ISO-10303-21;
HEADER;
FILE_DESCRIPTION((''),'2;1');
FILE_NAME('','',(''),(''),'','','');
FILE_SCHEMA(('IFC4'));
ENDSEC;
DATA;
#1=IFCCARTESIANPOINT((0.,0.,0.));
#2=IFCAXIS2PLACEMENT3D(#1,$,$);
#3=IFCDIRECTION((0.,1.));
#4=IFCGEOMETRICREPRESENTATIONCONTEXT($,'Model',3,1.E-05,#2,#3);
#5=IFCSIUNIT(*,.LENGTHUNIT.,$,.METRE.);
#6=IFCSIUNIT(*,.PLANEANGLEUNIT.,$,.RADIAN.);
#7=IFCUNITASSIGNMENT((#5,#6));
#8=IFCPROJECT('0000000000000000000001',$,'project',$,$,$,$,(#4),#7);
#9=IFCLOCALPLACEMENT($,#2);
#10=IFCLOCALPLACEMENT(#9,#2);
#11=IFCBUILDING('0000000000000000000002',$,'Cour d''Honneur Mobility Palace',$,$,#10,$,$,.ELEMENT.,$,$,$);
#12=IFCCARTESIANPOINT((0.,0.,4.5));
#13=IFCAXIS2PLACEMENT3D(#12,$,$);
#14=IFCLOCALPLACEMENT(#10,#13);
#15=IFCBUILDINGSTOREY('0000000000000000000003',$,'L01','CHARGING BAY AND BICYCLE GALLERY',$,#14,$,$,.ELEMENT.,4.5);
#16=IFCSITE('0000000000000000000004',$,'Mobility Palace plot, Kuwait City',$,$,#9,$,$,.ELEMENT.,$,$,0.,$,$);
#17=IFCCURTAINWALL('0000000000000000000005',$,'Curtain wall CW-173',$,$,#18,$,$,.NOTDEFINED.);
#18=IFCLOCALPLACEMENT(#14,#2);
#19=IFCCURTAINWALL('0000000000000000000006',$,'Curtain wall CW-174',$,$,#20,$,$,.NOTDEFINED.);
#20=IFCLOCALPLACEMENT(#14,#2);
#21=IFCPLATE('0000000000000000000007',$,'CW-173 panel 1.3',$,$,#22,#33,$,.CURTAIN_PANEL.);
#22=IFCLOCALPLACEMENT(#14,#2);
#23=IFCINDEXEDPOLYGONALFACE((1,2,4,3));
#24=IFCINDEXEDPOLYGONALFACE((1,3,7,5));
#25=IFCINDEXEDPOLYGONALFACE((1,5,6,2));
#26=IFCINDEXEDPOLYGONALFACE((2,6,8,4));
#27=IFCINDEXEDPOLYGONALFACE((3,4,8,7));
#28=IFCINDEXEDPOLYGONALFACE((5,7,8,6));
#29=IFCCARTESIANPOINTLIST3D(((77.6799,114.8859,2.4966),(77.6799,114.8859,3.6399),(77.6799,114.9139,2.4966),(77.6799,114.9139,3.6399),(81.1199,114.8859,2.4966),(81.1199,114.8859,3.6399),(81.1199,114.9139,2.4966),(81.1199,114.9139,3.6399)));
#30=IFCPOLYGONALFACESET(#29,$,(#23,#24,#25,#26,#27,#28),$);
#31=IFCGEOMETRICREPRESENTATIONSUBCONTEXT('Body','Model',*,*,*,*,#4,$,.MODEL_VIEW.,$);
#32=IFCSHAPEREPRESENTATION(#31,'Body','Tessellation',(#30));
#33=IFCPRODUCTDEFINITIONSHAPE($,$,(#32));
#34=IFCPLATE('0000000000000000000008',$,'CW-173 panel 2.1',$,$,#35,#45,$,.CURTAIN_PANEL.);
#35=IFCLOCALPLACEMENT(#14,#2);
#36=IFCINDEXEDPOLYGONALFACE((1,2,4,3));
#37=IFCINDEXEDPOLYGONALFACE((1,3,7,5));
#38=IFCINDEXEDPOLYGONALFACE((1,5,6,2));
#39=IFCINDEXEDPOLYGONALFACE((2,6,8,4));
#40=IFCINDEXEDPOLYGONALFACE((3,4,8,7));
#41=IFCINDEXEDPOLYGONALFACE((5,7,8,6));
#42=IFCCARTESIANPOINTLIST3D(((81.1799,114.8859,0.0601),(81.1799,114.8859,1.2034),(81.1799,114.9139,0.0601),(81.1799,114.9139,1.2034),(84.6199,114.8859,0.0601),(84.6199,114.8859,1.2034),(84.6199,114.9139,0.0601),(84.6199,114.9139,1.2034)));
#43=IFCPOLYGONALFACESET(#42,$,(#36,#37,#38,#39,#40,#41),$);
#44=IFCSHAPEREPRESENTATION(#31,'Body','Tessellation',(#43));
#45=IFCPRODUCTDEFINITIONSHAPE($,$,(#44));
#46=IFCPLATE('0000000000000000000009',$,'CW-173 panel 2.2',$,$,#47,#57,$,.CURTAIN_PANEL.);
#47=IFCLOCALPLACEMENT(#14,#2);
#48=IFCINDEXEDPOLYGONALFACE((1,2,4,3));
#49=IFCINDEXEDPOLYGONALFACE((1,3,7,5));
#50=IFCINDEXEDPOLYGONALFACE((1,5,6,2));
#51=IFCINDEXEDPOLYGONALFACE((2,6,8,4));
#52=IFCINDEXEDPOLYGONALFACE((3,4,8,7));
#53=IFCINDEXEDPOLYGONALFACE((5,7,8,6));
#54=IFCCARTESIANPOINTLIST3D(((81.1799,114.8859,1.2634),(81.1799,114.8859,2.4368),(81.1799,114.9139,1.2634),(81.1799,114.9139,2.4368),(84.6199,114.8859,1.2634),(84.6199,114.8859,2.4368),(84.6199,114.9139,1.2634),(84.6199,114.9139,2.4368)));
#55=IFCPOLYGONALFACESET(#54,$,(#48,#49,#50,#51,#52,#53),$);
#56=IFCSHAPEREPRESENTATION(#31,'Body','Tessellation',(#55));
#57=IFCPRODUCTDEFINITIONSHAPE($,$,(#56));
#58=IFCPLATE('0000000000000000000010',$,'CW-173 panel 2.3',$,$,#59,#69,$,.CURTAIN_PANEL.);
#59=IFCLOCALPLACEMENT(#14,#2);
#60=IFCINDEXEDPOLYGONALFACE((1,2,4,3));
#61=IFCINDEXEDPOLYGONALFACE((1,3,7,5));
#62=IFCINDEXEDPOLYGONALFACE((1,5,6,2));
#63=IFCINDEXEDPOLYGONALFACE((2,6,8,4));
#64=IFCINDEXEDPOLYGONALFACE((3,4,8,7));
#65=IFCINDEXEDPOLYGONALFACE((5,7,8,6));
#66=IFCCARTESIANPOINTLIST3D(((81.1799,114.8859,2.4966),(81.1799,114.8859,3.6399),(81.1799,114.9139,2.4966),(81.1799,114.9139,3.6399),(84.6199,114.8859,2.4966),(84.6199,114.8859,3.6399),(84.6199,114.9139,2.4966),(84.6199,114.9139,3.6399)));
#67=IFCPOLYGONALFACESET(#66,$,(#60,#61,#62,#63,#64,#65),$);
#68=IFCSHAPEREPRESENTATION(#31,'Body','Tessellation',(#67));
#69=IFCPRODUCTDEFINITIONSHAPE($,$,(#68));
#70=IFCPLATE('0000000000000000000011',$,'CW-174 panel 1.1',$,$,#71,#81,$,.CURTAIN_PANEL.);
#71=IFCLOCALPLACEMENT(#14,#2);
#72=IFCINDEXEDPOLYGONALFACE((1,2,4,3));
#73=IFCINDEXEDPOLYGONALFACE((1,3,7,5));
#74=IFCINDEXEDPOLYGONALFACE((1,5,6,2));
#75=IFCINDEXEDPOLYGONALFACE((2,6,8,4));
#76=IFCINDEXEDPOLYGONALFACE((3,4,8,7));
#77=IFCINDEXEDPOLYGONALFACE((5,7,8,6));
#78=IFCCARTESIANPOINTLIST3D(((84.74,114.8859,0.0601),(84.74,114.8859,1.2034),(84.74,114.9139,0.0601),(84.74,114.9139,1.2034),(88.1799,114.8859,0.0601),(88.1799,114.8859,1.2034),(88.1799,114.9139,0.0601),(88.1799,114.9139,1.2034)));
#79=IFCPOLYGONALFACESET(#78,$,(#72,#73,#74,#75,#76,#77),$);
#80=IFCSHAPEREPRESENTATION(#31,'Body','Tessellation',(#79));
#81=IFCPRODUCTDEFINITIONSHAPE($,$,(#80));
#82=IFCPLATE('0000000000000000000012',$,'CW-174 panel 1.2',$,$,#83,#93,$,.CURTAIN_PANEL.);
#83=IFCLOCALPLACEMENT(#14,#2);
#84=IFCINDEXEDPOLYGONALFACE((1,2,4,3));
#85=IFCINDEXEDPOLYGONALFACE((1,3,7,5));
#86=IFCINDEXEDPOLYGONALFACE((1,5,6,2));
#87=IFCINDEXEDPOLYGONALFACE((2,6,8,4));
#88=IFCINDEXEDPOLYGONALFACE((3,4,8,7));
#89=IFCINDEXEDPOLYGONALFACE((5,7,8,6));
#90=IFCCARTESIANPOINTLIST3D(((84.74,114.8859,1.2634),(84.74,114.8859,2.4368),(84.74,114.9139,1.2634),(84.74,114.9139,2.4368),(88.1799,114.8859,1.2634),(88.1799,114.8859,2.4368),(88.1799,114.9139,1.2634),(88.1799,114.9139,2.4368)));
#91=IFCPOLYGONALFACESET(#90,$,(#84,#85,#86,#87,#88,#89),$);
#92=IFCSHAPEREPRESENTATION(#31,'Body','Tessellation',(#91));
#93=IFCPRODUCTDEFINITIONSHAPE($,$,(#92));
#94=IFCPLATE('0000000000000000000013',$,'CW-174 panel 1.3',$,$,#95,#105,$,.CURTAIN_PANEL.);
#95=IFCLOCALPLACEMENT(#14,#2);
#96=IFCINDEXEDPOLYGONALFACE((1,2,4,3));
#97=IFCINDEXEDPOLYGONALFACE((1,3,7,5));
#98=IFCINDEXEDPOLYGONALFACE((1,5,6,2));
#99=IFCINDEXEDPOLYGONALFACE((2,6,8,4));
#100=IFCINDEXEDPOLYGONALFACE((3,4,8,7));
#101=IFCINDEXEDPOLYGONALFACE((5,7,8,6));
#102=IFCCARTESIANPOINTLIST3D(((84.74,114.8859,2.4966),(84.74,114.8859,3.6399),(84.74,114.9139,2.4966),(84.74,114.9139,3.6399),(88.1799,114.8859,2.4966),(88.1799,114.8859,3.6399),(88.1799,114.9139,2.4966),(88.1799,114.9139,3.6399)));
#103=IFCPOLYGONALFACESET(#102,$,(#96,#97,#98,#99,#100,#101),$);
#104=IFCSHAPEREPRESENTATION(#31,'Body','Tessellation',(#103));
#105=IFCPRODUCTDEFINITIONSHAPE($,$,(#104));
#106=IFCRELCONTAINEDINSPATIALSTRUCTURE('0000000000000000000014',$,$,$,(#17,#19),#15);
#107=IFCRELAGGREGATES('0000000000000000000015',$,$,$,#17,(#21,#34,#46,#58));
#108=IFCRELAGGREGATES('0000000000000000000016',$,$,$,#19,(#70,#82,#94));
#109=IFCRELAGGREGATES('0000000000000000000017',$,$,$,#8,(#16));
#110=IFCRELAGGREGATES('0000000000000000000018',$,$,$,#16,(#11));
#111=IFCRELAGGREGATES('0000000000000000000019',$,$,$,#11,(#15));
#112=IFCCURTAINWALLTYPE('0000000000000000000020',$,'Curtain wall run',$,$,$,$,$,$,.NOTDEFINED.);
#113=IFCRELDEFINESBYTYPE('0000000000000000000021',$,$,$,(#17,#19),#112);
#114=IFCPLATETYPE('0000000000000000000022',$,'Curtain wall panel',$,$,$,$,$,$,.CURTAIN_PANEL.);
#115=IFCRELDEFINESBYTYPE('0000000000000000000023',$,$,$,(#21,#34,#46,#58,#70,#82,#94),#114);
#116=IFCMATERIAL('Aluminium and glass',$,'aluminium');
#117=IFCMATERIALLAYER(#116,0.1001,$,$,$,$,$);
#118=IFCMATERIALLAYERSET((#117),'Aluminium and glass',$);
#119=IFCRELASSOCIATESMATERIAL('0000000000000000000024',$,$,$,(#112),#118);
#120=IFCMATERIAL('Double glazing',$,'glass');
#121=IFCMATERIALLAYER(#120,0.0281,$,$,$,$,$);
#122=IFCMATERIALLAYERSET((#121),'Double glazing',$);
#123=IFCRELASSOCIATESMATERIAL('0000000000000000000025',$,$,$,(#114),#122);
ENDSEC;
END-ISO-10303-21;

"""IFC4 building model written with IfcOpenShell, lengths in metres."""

from ifc_helpers import new_model, si_unit, direction, frame, origin, origin_2d, place, context, subcontext, project, spatial, rectangle, extrude, material, layer, layer_set, type_object, element, aggregate, save


model = new_model("IFC4")

# Units and contexts
model_context = context("Model", 3, precision=1e-05, world=origin(), true_north=direction((0.0, 1.0)))
body_context = subcontext(model_context, "Body", "Model", "MODEL_VIEW")
ifc_project = project(units=[si_unit("LENGTHUNIT", "METRE"), si_unit("PLANEANGLEUNIT", "RADIAN")], contexts=[model_context])

# Site, building, storey
site_placement = place(None, origin())
site = spatial("IfcSite", under=ifc_project, at=site_placement, Name="Mobility Palace plot, Kuwait City", CompositionType="ELEMENT", RefElevation=0.0)
building_placement = place(site_placement, origin())
building = spatial("IfcBuilding", under=site, at=building_placement, Name="Cour d'Honneur Mobility Palace", CompositionType="ELEMENT")
storey_placement = place(building_placement, frame((0.0, 0.0, 4.5)))
storey = spatial("IfcBuildingStorey", under=building, at=storey_placement, Name="L01", Description="CHARGING BAY AND BICYCLE GALLERY", CompositionType="ELEMENT", Elevation=4.5)

# Curtain walls
ifc_material_1 = material(Name="Aluminium and glass", Category="aluminium")
ifc_layer_1 = layer(ifc_material_1, 0.1001)
ifc_layer_set_1 = layer_set([ifc_layer_1], Name="Aluminium and glass")
curtain_wall_type = type_object("IfcCurtainWallType", Name="Curtain wall run", PredefinedType="NOTDEFINED", material=ifc_layer_set_1)
curtain_wall_1_placement = place(storey_placement, origin())
curtain_wall_1 = element("IfcCurtainWall", 1, at=curtain_wall_1_placement, inside=storey, type_object=curtain_wall_type, Name="Curtain wall CW-173", PredefinedType="NOTDEFINED")
curtain_wall_2_placement = place(storey_placement, origin())
curtain_wall_2 = element("IfcCurtainWall", 2, at=curtain_wall_2_placement, inside=storey, type_object=curtain_wall_type, Name="Curtain wall CW-174", PredefinedType="NOTDEFINED")

# Plates
ifc_material_2 = material(Name="Double glazing", Category="glass")
ifc_layer_2 = layer(ifc_material_2, 0.0281)
ifc_layer_set_2 = layer_set([ifc_layer_2], Name="Double glazing")
plate_type = type_object("IfcPlateType", Name="Curtain wall panel", PredefinedType="CURTAIN_PANEL", material=ifc_layer_set_2)
plate_1_placement = place(storey_placement, frame((79.3999, 114.8999, 2.4966), z_axis=(0.0, 0.0, 1.0), x_axis=(1.0, 0.0, 0.0)))
plate_1 = element("IfcPlate", 3, at=plate_1_placement, type_object=plate_type, Name="CW-173 panel 1.3", PredefinedType="CURTAIN_PANEL", context=body_context, shape_type="SweptSolid", body=[
    extrude(rectangle(XDim=3.4399, YDim=0.0281, at=origin_2d()), origin(), (0.0, 0.0, 1.0), 1.1433),
])
plate_2_placement = place(storey_placement, frame((82.8999, 114.8999, 0.0601), z_axis=(0.0, 0.0, 1.0), x_axis=(1.0, 0.0, 0.0)))
plate_2 = element("IfcPlate", 4, at=plate_2_placement, type_object=plate_type, Name="CW-173 panel 2.1", PredefinedType="CURTAIN_PANEL", context=body_context, shape_type="SweptSolid", body=[
    extrude(rectangle(XDim=3.4399, YDim=0.0281, at=origin_2d()), origin(), (0.0, 0.0, 1.0), 1.1433),
])
plate_3_placement = place(storey_placement, frame((82.8999, 114.8999, 1.2634), z_axis=(0.0, 0.0, 1.0), x_axis=(1.0, 0.0, 0.0)))
plate_3 = element("IfcPlate", 5, at=plate_3_placement, type_object=plate_type, Name="CW-173 panel 2.2", PredefinedType="CURTAIN_PANEL", context=body_context, shape_type="SweptSolid", body=[
    extrude(rectangle(XDim=3.4399, YDim=0.0281, at=origin_2d()), origin(), (0.0, 0.0, 1.0), 1.1733),
])
plate_4_placement = place(storey_placement, frame((82.8999, 114.8999, 2.4966), z_axis=(0.0, 0.0, 1.0), x_axis=(1.0, 0.0, 0.0)))
plate_4 = element("IfcPlate", 6, at=plate_4_placement, type_object=plate_type, Name="CW-173 panel 2.3", PredefinedType="CURTAIN_PANEL", context=body_context, shape_type="SweptSolid", body=[
    extrude(rectangle(XDim=3.4399, YDim=0.0281, at=origin_2d()), origin(), (0.0, 0.0, 1.0), 1.1433),
])
aggregate(curtain_wall_1, [plate_1, plate_2, plate_3, plate_4])
plate_5_placement = place(storey_placement, frame((86.46, 114.8999, 0.0601), z_axis=(0.0, 0.0, 1.0), x_axis=(1.0, 0.0, 0.0)))
plate_5 = element("IfcPlate", 7, at=plate_5_placement, type_object=plate_type, Name="CW-174 panel 1.1", PredefinedType="CURTAIN_PANEL", context=body_context, shape_type="SweptSolid", body=[
    extrude(rectangle(XDim=3.4399, YDim=0.0281, at=origin_2d()), origin(), (0.0, 0.0, 1.0), 1.1433),
])
plate_6_placement = place(storey_placement, frame((86.46, 114.8999, 1.2634), z_axis=(0.0, 0.0, 1.0), x_axis=(1.0, 0.0, 0.0)))
plate_6 = element("IfcPlate", 8, at=plate_6_placement, type_object=plate_type, Name="CW-174 panel 1.2", PredefinedType="CURTAIN_PANEL", context=body_context, shape_type="SweptSolid", body=[
    extrude(rectangle(XDim=3.4399, YDim=0.0281, at=origin_2d()), origin(), (0.0, 0.0, 1.0), 1.1733),
])
plate_7_placement = place(storey_placement, frame((86.46, 114.8999, 2.4966), z_axis=(0.0, 0.0, 1.0), x_axis=(1.0, 0.0, 0.0)))
plate_7 = element("IfcPlate", 9, at=plate_7_placement, type_object=plate_type, Name="CW-174 panel 1.3", PredefinedType="CURTAIN_PANEL", context=body_context, shape_type="SweptSolid", body=[
    extrude(rectangle(XDim=3.4399, YDim=0.0281, at=origin_2d()), origin(), (0.0, 0.0, 1.0), 1.1433),
])
aggregate(curtain_wall_2, [plate_5, plate_6, plate_7])

save(model, "model.ifc")
